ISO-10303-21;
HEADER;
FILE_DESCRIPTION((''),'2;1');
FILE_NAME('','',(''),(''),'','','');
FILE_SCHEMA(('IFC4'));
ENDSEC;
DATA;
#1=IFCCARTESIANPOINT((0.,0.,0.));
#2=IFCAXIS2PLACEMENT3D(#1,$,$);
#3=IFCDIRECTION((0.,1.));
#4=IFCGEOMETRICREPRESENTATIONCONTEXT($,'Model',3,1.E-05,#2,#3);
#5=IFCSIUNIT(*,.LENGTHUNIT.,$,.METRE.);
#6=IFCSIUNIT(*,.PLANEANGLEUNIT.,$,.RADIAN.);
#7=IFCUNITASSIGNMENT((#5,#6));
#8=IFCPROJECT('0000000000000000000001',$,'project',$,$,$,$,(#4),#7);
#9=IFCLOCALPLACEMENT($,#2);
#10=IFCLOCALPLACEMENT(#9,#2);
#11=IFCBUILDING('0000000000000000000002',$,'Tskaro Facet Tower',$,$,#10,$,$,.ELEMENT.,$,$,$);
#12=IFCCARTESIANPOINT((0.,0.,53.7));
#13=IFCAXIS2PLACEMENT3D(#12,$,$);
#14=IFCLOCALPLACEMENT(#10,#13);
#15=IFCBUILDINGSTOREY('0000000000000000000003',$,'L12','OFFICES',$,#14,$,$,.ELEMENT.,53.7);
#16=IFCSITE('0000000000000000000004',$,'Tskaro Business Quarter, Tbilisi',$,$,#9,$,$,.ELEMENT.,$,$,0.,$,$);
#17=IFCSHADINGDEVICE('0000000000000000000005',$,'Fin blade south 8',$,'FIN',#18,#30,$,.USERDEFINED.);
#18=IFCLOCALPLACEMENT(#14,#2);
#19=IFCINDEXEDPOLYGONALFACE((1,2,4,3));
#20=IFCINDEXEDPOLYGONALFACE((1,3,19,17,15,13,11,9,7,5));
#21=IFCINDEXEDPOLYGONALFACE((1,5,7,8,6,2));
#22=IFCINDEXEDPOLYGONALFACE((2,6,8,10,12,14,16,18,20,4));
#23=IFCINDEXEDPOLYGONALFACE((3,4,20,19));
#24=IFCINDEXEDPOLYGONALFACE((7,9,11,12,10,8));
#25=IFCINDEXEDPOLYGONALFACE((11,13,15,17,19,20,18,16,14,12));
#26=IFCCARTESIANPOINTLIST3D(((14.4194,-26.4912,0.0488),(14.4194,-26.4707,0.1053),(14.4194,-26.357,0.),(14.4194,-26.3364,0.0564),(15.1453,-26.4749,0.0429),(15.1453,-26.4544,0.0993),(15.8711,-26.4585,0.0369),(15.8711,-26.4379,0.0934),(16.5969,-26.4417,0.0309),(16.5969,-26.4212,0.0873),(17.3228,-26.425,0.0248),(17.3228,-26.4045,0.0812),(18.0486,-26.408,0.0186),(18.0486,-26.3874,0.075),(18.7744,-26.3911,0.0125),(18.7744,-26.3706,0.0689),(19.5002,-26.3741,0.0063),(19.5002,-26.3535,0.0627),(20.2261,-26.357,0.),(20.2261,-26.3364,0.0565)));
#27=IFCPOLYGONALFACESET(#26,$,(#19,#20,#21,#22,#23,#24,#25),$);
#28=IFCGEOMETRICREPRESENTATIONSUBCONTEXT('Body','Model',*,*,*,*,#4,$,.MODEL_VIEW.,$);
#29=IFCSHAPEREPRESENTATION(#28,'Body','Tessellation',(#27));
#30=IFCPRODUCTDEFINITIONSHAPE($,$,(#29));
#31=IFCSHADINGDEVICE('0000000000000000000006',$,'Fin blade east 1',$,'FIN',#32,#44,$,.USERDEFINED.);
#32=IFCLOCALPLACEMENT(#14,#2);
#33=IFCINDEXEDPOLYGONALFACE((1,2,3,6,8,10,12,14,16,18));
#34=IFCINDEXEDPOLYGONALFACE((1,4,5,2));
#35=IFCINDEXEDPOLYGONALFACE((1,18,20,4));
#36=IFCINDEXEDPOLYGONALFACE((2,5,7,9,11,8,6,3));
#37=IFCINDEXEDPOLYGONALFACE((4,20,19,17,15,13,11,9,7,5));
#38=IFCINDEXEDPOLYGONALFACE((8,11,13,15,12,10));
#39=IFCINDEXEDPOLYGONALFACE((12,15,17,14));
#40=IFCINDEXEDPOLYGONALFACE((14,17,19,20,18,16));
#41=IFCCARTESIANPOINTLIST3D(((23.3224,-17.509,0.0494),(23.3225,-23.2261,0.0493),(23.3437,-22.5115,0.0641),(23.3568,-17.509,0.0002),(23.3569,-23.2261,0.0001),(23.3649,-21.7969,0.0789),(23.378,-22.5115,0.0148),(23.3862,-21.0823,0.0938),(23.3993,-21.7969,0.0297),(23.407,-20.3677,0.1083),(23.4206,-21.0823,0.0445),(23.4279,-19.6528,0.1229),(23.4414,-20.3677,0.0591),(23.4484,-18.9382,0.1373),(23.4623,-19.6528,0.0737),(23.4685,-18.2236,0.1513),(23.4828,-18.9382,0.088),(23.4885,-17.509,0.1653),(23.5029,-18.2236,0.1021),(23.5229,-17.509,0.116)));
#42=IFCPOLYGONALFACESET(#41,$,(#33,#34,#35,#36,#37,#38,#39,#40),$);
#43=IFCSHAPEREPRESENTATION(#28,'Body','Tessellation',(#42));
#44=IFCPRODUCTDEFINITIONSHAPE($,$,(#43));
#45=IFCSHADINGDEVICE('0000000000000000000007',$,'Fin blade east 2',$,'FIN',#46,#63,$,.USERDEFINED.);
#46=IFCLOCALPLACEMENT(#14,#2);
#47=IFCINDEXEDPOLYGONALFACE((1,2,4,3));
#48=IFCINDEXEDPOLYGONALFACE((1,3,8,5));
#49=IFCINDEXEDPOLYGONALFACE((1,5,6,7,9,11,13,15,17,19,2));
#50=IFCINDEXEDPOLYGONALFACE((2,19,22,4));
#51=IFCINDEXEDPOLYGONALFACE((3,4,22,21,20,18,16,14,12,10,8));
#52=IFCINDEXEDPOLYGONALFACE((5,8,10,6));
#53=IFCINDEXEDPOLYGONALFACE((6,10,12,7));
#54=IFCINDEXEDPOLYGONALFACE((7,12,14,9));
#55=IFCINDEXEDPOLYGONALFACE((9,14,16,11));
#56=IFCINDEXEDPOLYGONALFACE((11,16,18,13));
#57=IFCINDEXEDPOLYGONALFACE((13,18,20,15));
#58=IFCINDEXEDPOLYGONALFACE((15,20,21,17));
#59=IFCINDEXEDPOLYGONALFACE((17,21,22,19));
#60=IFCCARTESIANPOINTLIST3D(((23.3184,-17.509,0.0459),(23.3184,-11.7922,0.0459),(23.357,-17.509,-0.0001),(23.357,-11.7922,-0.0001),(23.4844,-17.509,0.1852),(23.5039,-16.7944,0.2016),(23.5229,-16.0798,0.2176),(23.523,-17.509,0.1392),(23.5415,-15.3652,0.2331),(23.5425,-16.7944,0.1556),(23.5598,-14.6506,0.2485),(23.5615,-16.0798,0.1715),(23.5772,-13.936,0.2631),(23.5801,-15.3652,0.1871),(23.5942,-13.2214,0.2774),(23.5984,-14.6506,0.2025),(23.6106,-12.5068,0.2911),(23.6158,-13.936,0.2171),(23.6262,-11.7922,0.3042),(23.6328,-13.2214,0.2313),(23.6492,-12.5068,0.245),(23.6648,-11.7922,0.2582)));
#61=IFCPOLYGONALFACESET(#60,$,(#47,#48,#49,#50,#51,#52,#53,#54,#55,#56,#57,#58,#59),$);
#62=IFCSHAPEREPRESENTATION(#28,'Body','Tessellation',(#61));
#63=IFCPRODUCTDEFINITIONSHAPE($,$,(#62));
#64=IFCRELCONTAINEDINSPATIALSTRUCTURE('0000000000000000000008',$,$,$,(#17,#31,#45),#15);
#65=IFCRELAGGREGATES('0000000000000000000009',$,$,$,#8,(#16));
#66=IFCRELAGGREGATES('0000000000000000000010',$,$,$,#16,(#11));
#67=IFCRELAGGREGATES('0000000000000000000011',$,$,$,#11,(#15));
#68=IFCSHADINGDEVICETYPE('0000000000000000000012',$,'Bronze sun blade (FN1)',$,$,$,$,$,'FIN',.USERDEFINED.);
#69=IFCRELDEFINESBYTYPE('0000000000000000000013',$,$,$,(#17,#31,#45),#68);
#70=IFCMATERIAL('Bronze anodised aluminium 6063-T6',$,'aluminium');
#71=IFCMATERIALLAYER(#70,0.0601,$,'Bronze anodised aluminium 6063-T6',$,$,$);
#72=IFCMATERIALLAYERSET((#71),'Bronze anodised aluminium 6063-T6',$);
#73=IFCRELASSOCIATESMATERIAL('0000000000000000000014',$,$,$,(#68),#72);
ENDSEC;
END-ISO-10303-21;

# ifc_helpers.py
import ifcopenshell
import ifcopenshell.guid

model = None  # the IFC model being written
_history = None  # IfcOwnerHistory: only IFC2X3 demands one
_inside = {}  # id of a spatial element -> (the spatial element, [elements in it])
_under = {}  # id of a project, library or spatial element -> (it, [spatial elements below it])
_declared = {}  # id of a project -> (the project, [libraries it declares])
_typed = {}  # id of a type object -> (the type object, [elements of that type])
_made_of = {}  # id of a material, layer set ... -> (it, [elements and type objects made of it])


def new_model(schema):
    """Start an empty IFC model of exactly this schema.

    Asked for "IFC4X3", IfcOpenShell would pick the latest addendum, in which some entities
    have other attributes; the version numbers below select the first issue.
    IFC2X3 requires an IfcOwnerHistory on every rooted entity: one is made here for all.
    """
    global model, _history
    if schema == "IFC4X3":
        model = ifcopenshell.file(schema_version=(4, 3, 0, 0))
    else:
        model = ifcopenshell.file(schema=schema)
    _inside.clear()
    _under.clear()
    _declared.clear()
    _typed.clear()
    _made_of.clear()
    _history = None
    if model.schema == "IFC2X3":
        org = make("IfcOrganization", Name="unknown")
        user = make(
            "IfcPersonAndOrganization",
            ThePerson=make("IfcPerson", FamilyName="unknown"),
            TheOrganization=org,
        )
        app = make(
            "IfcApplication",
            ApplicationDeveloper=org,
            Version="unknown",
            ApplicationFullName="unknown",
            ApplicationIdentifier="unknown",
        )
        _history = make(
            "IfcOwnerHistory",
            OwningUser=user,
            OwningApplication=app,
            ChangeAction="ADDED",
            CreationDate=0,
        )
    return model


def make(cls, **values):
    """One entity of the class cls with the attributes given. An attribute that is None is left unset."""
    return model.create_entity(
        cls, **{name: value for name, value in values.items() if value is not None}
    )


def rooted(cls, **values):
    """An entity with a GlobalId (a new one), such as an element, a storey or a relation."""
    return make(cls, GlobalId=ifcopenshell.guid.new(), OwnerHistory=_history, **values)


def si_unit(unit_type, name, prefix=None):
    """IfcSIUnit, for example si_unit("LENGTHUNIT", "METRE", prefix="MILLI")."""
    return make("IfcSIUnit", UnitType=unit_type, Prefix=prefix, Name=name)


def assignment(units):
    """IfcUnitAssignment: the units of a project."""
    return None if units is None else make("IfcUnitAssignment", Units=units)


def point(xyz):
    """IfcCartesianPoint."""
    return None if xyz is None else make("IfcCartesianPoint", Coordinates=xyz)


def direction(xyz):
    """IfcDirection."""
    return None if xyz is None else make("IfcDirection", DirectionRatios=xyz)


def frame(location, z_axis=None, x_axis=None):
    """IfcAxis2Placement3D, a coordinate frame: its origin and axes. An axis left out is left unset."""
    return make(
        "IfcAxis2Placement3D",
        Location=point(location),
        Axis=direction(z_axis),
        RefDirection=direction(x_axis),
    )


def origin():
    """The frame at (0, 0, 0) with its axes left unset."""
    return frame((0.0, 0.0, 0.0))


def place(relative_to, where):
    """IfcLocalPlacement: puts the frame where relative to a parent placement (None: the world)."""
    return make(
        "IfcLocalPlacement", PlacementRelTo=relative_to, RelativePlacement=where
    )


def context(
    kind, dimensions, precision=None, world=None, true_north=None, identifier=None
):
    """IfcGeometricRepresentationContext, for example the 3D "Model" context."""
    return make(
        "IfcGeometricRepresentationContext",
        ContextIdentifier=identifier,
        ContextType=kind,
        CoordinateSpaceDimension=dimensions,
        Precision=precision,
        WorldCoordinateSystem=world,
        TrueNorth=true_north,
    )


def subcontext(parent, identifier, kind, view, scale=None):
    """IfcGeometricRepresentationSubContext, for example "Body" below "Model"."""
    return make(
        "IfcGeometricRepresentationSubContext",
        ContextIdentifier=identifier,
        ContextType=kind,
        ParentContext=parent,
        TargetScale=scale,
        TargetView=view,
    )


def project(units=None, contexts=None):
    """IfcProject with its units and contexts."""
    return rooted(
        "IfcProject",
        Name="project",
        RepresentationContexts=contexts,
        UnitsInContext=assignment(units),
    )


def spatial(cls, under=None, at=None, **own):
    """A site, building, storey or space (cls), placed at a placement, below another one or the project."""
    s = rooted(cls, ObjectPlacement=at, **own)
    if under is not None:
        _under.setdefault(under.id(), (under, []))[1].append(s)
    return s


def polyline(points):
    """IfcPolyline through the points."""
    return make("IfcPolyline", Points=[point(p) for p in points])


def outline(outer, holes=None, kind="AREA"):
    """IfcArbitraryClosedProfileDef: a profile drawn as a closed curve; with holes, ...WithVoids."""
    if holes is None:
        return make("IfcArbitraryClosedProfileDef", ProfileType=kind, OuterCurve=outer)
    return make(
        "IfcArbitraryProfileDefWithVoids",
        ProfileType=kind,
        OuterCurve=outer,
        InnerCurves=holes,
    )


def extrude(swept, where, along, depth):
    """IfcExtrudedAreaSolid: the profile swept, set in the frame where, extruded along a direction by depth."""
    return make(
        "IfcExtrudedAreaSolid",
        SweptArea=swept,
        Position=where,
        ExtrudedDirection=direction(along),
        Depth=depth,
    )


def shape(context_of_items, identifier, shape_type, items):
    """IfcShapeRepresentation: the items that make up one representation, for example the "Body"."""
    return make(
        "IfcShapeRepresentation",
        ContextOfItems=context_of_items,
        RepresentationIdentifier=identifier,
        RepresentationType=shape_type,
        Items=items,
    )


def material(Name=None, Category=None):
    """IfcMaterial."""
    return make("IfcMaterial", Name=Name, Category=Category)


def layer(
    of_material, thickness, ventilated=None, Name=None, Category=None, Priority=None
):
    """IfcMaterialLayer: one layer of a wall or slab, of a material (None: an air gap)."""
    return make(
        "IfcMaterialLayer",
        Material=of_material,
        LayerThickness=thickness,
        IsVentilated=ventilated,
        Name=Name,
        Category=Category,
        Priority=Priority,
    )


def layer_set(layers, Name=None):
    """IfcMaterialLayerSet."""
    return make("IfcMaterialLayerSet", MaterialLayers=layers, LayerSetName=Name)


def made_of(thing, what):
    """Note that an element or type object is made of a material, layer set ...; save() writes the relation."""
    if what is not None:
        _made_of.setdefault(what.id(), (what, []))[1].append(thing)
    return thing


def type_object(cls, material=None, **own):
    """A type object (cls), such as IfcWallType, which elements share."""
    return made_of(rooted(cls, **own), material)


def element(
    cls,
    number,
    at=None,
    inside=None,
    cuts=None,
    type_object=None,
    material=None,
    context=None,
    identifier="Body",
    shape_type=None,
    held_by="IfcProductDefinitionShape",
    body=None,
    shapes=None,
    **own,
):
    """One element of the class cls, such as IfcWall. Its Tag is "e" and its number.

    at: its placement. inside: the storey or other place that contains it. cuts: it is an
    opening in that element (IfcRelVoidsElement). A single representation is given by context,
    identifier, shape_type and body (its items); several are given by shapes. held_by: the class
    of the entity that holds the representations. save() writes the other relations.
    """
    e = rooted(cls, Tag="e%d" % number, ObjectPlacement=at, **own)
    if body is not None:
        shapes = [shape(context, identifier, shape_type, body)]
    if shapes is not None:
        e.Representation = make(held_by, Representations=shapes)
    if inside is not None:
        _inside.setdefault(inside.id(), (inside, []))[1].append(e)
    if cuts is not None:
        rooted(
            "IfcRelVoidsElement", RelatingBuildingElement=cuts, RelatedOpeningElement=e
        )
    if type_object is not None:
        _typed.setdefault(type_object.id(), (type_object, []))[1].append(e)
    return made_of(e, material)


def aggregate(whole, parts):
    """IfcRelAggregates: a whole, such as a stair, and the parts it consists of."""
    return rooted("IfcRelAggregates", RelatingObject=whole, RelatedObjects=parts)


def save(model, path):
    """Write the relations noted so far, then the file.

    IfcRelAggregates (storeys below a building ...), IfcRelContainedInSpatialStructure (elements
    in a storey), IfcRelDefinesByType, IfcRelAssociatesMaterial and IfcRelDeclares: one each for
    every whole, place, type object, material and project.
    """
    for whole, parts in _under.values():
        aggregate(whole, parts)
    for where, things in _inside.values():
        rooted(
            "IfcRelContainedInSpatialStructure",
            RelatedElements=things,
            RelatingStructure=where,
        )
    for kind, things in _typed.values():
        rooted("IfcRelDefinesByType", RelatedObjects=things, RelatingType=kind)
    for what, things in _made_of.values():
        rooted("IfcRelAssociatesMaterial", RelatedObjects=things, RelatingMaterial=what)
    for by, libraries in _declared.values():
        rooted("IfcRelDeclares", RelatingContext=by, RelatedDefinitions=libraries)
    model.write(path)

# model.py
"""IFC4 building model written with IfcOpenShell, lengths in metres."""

from ifc_helpers import new_model, si_unit, direction, frame, origin, place, context, subcontext, project, spatial, polyline, outline, extrude, material, layer, layer_set, type_object, element, save


model = new_model("IFC4")

# Units and contexts
model_context = context("Model", 3, precision=1e-05, world=origin(), true_north=direction((0.0, 1.0)))
body_context = subcontext(model_context, "Body", "Model", "MODEL_VIEW")
ifc_project = project(units=[si_unit("LENGTHUNIT", "METRE"), si_unit("PLANEANGLEUNIT", "RADIAN")], contexts=[model_context])

# Site, building, storey
site_placement = place(None, origin())
site = spatial("IfcSite", under=ifc_project, at=site_placement, Name="Tskaro Business Quarter, Tbilisi", CompositionType="ELEMENT", RefElevation=0.0)
building_placement = place(site_placement, origin())
building = spatial("IfcBuilding", under=site, at=building_placement, Name="Tskaro Facet Tower", CompositionType="ELEMENT")
storey_placement = place(building_placement, frame((0.0, 0.0, 53.7)))
storey = spatial("IfcBuildingStorey", under=building, at=storey_placement, Name="L12", Description="OFFICES", CompositionType="ELEMENT", Elevation=53.7)

# Shared definitions
ifc_material_1 = material(Name="Bronze anodised aluminium 6063-T6", Category="aluminium")

# Shading devices
ifc_layer_1 = layer(ifc_material_1, 0.0601, Name="Bronze anodised aluminium 6063-T6")
ifc_layer_set_1 = layer_set([ifc_layer_1], Name="Bronze anodised aluminium 6063-T6")
shading_device_type = type_object("IfcShadingDeviceType", Name="Bronze sun blade (FN1)", ElementType="FIN", PredefinedType="USERDEFINED", material=ifc_layer_set_1)
shading_device_1_placement = place(storey_placement, frame((14.4194, -26.3364, 0.0564), z_axis=(-0.000011, 0.342151, 0.939645), x_axis=(1.0, 0.000004, 0.00001)))
element("IfcShadingDevice", 1, at=shading_device_1_placement, inside=storey, type_object=shading_device_type, Name="Fin blade south 8", ObjectType="FIN", PredefinedType="USERDEFINED", context=body_context, shape_type="SweptSolid", body=[
    extrude(outline(polyline([(0.0, 0.0), (5.8066, 0.0), (5.0808, -0.0182), (4.355, -0.0364), (3.6292, -0.0543), (2.9033, -0.0724), (2.1775, -0.0902), (1.4517, -0.108), (0.7258, -0.1255), (0.0, -0.1429), (0.0, 0.0)])), origin(), (0.0, 0.0, -1.0), 0.0601),
])
shading_device_2_placement = place(storey_placement, frame((23.3225, -23.2261, 0.0493), z_axis=(-0.572203, -0.00002, 0.820112), x_axis=(-0.000011, 1.0, 0.000016)))
element("IfcShadingDevice", 2, at=shading_device_2_placement, inside=storey, type_object=shading_device_type, Name="Fin blade east 1", ObjectType="FIN", PredefinedType="USERDEFINED", context=body_context, shape_type="SweptSolid", body=[
    extrude(outline(polyline([(0.0, 0.0), (5.717, 0.0), (5.717, -0.2025), (5.0024, -0.1781), (4.2878, -0.1536), (3.5732, -0.1285), (2.8584, -0.1031), (2.1438, -0.0777), (1.4292, -0.0517), (0.7146, -0.0258), (0.0, 0.0)])), origin(), (0.0, 0.0, -1.0), 0.0601),
])
shading_device_3_placement = place(storey_placement, frame((23.3184, -17.509, 0.0459), z_axis=(-0.642813, 0.000008, 0.766024), x_axis=(0.000005, 1.0, -0.000006)))
element("IfcShadingDevice", 3, at=shading_device_3_placement, inside=storey, type_object=shading_device_type, Name="Fin blade east 2", ObjectType="FIN", PredefinedType="USERDEFINED", context=body_context, shape_type="SweptSolid", body=[
    extrude(outline(polyline([(0.0, 0.0), (5.7168, 0.0), (5.7168, -0.4019), (5.0022, -0.3814), (4.2876, -0.3601), (3.573, -0.3379), (2.8584, -0.3152), (2.1438, -0.2913), (1.4292, -0.267), (0.7146, -0.2423), (0.0, -0.2168), (0.0, 0.0)])), origin(), (0.0, 0.0, -1.0), 0.0601),
])

save(model, "model.ifc")
